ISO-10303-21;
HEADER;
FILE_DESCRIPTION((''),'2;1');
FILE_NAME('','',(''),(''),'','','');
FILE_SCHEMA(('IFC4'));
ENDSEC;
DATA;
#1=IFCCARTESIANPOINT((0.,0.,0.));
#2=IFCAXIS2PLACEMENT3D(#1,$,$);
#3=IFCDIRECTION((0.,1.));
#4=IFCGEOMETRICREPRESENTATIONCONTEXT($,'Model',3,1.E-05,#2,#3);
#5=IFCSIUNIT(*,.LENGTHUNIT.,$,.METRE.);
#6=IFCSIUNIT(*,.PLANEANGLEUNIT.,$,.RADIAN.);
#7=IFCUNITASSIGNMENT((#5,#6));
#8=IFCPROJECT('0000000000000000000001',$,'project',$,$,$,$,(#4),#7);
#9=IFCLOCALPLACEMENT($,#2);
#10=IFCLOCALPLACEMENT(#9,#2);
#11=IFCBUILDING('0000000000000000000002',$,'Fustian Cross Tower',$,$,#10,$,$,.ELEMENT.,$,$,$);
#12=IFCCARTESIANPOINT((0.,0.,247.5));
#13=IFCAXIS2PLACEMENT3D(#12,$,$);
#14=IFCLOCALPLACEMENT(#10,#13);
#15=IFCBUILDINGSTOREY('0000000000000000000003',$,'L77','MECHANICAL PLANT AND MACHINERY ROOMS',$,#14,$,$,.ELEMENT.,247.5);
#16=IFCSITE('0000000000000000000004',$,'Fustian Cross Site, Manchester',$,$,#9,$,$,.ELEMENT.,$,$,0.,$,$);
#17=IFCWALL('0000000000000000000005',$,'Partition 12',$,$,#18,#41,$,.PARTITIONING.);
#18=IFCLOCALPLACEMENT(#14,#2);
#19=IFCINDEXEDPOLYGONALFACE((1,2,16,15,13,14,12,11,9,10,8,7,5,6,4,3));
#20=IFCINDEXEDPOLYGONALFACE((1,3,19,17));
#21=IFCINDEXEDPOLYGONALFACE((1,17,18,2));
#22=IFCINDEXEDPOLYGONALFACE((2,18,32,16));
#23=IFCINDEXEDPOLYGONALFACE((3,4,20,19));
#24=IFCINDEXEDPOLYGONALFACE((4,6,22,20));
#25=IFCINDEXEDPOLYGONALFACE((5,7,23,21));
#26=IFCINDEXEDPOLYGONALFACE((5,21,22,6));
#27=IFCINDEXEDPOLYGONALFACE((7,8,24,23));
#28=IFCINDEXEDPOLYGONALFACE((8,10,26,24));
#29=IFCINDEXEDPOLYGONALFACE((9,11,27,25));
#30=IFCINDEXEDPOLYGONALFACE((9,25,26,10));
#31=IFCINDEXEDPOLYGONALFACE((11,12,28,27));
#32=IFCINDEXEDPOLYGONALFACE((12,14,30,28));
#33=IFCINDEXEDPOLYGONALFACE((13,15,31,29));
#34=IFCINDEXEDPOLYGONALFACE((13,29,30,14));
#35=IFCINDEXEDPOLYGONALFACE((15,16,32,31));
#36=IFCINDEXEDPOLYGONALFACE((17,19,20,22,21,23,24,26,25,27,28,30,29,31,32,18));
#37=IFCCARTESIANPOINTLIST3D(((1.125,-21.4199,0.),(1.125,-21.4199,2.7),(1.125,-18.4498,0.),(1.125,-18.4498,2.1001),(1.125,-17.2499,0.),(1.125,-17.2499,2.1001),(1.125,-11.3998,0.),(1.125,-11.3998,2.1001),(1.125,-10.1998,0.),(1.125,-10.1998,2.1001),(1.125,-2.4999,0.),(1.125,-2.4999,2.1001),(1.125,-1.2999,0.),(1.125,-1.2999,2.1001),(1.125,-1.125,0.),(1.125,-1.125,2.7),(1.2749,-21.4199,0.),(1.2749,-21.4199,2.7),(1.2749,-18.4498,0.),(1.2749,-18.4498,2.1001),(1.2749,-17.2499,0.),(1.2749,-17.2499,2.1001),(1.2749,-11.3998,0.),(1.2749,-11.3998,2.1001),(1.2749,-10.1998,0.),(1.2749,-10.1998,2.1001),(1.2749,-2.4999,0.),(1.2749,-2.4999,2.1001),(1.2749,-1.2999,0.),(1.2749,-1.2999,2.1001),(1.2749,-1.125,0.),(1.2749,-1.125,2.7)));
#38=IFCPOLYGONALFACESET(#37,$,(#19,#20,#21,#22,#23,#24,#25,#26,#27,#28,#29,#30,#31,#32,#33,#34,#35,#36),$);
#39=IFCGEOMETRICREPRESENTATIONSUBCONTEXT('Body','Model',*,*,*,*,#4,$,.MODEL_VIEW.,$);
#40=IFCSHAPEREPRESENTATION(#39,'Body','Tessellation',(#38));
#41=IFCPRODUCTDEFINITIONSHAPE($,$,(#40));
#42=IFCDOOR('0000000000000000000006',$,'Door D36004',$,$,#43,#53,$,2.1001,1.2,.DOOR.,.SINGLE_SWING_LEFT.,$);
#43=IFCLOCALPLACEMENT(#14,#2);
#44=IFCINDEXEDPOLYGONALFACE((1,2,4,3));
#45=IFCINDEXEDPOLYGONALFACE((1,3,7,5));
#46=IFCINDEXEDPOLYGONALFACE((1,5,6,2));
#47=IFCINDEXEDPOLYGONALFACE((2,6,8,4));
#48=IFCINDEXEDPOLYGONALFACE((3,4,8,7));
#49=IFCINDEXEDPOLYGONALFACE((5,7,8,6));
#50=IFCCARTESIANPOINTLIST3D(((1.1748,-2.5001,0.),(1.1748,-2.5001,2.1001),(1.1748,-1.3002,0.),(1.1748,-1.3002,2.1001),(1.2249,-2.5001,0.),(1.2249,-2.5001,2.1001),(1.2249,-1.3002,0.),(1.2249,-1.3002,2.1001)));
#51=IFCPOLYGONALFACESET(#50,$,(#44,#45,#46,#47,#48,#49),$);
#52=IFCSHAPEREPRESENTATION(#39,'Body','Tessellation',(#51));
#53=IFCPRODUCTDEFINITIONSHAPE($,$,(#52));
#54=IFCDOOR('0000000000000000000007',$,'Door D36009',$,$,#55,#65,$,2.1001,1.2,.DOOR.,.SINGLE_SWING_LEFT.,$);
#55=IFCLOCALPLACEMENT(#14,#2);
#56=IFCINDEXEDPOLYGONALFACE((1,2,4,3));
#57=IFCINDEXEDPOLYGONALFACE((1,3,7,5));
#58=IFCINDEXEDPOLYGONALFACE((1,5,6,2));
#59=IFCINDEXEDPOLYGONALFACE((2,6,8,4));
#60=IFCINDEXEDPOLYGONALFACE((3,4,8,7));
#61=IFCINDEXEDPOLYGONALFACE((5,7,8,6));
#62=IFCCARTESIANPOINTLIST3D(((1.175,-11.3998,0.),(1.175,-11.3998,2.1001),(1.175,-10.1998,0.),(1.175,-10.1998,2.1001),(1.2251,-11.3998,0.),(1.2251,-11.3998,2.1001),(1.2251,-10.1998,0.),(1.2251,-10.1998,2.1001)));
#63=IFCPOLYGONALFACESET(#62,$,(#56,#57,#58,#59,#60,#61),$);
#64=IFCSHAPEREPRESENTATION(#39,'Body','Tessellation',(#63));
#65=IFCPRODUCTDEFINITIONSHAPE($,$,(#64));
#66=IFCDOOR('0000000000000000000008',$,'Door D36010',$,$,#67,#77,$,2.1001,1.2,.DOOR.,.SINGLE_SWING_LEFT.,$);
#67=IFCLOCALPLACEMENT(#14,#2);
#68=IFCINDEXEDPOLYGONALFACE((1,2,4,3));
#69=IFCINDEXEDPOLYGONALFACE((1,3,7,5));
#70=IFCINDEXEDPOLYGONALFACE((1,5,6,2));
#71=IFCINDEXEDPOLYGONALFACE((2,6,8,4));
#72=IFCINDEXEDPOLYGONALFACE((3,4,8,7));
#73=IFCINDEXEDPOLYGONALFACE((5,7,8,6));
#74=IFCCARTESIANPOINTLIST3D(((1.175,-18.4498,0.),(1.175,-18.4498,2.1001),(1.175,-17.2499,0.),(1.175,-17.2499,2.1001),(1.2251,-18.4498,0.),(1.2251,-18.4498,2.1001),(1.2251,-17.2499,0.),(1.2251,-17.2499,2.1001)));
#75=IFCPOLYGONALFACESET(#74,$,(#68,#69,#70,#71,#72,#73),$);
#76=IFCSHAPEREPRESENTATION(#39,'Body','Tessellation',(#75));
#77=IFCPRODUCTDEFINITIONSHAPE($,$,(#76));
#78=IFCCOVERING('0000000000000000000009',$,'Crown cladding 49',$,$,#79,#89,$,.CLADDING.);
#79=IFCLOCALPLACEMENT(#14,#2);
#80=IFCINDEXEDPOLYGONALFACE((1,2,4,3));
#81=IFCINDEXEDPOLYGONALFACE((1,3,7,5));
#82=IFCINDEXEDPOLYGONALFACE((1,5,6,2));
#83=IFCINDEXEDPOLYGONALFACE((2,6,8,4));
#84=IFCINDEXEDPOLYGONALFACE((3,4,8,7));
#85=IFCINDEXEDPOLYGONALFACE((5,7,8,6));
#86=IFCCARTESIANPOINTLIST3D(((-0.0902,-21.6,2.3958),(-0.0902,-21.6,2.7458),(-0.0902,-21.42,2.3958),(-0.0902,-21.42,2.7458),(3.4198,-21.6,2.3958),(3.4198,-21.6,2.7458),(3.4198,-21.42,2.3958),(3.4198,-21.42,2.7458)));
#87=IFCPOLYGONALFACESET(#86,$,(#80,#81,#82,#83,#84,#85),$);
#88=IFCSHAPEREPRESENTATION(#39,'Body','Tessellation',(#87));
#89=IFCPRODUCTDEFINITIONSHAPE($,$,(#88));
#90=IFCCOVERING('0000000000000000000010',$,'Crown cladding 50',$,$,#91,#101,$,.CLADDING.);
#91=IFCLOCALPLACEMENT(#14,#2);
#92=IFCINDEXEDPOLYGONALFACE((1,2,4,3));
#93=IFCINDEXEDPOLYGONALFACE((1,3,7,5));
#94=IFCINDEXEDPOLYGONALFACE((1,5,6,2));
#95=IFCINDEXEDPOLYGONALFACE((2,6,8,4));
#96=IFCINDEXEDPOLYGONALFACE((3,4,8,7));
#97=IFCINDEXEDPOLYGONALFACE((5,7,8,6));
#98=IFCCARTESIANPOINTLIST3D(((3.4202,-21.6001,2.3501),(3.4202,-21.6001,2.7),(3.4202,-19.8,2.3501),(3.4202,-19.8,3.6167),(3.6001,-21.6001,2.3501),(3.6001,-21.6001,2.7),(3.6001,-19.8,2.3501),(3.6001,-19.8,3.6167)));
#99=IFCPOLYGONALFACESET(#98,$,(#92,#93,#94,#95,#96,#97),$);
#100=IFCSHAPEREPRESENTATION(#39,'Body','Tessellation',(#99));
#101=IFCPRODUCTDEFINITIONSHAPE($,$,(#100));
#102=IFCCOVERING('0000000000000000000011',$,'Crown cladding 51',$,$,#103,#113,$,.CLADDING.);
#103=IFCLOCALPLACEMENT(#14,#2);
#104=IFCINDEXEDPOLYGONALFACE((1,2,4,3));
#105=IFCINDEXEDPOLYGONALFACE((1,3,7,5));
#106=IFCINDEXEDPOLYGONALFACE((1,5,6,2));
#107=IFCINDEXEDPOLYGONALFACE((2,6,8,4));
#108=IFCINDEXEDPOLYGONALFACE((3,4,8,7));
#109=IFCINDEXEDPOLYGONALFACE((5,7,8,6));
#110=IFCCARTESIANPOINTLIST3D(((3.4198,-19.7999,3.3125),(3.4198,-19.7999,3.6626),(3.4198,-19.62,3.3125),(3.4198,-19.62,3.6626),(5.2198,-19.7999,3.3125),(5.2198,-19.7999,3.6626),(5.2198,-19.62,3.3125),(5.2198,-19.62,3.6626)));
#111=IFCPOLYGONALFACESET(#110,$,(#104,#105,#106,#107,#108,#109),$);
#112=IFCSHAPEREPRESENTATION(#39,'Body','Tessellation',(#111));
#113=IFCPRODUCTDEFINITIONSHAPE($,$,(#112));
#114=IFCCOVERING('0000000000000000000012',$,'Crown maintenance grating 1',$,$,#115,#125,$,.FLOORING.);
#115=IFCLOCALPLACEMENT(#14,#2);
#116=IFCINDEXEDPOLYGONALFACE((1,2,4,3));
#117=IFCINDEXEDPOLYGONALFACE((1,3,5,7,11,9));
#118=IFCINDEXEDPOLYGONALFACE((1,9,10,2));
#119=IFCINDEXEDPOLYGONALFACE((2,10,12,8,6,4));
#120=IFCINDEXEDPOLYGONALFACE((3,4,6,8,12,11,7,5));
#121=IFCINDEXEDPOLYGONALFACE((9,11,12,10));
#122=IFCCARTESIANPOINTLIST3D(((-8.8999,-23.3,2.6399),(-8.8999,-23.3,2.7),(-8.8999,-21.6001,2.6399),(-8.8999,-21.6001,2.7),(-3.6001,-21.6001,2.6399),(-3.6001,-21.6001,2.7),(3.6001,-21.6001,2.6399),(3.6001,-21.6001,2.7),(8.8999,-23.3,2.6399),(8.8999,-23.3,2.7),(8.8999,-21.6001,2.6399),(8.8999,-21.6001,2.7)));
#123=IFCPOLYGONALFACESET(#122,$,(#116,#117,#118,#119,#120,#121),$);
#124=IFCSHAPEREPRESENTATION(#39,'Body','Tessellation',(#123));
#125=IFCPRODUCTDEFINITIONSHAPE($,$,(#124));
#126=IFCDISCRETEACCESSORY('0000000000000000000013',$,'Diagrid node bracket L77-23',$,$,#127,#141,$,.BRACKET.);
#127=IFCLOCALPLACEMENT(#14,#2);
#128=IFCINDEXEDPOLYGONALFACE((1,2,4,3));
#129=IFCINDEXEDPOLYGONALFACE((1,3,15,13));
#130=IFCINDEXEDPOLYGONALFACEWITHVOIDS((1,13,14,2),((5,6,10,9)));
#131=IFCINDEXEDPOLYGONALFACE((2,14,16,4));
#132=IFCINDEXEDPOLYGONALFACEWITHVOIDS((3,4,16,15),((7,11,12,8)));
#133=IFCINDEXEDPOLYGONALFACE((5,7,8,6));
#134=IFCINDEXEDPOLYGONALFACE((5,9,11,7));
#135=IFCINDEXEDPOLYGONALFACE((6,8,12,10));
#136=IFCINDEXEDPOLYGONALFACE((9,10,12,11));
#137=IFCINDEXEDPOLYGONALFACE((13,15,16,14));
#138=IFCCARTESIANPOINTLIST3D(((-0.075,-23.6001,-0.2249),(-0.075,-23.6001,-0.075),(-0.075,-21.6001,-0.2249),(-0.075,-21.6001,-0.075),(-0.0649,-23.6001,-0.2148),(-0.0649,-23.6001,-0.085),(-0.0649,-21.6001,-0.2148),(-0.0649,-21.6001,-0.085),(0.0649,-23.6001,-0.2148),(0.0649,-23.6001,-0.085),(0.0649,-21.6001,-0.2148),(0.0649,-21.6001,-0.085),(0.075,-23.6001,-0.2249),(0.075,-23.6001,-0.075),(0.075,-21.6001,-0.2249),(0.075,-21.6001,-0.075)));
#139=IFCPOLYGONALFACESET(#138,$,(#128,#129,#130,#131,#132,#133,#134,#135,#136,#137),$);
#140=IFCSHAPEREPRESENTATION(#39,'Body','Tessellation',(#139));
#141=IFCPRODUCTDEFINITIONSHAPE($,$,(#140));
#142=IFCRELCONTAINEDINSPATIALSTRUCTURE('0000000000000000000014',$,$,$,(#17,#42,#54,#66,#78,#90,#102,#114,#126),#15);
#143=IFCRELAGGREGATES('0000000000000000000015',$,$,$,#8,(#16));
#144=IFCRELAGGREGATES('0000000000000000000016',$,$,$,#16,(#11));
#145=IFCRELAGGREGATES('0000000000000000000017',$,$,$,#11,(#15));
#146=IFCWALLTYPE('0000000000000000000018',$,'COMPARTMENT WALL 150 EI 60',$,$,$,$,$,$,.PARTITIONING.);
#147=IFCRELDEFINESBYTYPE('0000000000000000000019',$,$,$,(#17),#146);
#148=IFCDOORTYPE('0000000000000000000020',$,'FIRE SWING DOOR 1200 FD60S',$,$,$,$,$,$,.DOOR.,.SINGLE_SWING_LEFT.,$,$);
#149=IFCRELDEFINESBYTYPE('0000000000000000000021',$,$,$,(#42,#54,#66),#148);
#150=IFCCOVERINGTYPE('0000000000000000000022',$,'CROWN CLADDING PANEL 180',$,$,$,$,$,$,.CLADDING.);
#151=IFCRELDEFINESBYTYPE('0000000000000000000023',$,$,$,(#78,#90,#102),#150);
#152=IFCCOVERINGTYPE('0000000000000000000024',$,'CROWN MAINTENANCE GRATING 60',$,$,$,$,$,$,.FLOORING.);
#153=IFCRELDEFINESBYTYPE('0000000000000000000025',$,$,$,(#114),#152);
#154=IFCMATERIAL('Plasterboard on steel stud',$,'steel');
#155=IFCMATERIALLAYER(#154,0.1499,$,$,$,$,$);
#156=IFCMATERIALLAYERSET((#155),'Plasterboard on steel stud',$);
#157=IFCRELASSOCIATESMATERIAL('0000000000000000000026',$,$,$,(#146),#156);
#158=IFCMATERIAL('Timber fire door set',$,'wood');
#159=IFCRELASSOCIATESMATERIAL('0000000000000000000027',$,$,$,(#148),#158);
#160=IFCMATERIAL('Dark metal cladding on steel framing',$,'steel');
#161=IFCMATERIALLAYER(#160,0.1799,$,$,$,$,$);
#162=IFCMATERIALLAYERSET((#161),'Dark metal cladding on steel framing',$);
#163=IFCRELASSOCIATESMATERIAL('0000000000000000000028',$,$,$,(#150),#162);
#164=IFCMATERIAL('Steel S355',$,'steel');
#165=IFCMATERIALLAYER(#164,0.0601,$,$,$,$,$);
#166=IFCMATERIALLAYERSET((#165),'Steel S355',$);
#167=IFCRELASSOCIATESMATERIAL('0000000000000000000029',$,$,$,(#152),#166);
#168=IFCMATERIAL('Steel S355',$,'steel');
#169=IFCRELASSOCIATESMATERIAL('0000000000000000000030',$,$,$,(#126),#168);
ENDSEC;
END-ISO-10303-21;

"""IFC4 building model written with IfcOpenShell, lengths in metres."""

from ifc_helpers import new_model, si_unit, direction, frame, frame_2d, origin, origin_2d, place, context, subcontext, project, spatial, polyline, rectangle, hollow_rectangle, outline, extrude, material, layer, layer_set, type_object, element, fill, save


model = new_model("IFC4")

# Units and contexts
model_context = context("Model", 3, precision=1e-05, world=origin(), true_north=direction((0.0, 1.0)))
body_context = subcontext(model_context, "Body", "Model", "MODEL_VIEW")
ifc_project = project(units=[si_unit("LENGTHUNIT", "METRE"), si_unit("PLANEANGLEUNIT", "RADIAN")], contexts=[model_context])

# Site, building, storey
site_placement = place(None, origin())
site = spatial("IfcSite", under=ifc_project, at=site_placement, Name="Fustian Cross Site, Manchester", CompositionType="ELEMENT", RefElevation=0.0)
building_placement = place(site_placement, origin())
building = spatial("IfcBuilding", under=site, at=building_placement, Name="Fustian Cross Tower", CompositionType="ELEMENT")
storey_placement = place(building_placement, frame((0.0, 0.0, 247.5)))
storey = spatial("IfcBuildingStorey", under=building, at=storey_placement, Name="L77", Description="MECHANICAL PLANT AND MACHINERY ROOMS", CompositionType="ELEMENT", Elevation=247.5)

# Wall, openings, doors
ifc_material_1 = material(Name="Plasterboard on steel stud", Category="steel")
ifc_layer_1 = layer(ifc_material_1, 0.1499)
ifc_layer_set_1 = layer_set([ifc_layer_1], Name="Plasterboard on steel stud")
wall_type = type_object("IfcWallType", Name="COMPARTMENT WALL 150 EI 60", PredefinedType="PARTITIONING", material=ifc_layer_set_1)
wall_placement = place(storey_placement, frame((1.2, -21.4199, 0.0), z_axis=(0.0, 0.0, 1.0), x_axis=(0.0, 1.0, 0.0)))
wall = element("IfcWall", 1, at=wall_placement, inside=storey, type_object=wall_type, Name="Partition 12", PredefinedType="PARTITIONING", context=body_context, shape_type="SweptSolid", body=[
    extrude(rectangle(XDim=20.2949, YDim=0.1499, at=frame_2d((10.1475, 0.0))), origin(), (0.0, 0.0, 1.0), 2.7),
])
opening_1_placement = place(wall_placement, frame((18.9199, 0.0, 0.0)))
opening_1 = element("IfcOpeningElement", 2, at=opening_1_placement, cuts=wall, PredefinedType="OPENING", context=body_context, shape_type="SweptSolid", body=[
    extrude(rectangle(XDim=1.2, YDim=2.1001, at=frame_2d((0.6001, 1.05))), frame((0.0, 0.085, 0.0), z_axis=(0.0, -1.0, 0.0), x_axis=(1.0, 0.0, 0.0)), (0.0, 0.0, 1.0), 0.1699),
])
opening_2_placement = place(wall_placement, frame((10.02, 0.0, 0.0)))
opening_2 = element("IfcOpeningElement", 3, at=opening_2_placement, cuts=wall, PredefinedType="OPENING", context=body_context, shape_type="SweptSolid", body=[
    extrude(rectangle(XDim=1.2, YDim=2.1001, at=frame_2d((0.6001, 1.05))), frame((0.0, 0.085, 0.0), z_axis=(0.0, -1.0, 0.0), x_axis=(1.0, 0.0, 0.0)), (0.0, 0.0, 1.0), 0.1699),
])
opening_3_placement = place(wall_placement, frame((2.97, 0.0, 0.0)))
opening_3 = element("IfcOpeningElement", 4, at=opening_3_placement, cuts=wall, PredefinedType="OPENING", context=body_context, shape_type="SweptSolid", body=[
    extrude(rectangle(XDim=1.2, YDim=2.1001, at=frame_2d((0.6001, 1.05))), frame((0.0, 0.085, 0.0), z_axis=(0.0, -1.0, 0.0), x_axis=(1.0, 0.0, 0.0)), (0.0, 0.0, 1.0), 0.1699),
])
ifc_material_2 = material(Name="Timber fire door set", Category="wood")
door_type = type_object("IfcDoorType", Name="FIRE SWING DOOR 1200 FD60S", OperationType="SINGLE_SWING_LEFT", PredefinedType="DOOR", material=ifc_material_2)
door_1_placement = place(opening_1_placement, frame((1.2, 0.0, 0.0), z_axis=(0.0, 0.0, 1.0), x_axis=(-1.0, 0.0, 0.0)))
door_1 = element("IfcDoor", 5, at=door_1_placement, inside=storey, type_object=door_type, Name="Door D36004", OperationType="SINGLE_SWING_LEFT", OverallHeight=2.1001, OverallWidth=1.2, PredefinedType="DOOR", context=body_context, shape_type="SweptSolid", body=[
    extrude(rectangle(XDim=1.2, YDim=2.1001, at=frame_2d((0.6001, 1.05))), frame((0.0, 0.0249, 0.0), z_axis=(0.0, -1.0, 0.0), x_axis=(1.0, 0.0, 0.0)), (0.0, 0.0, 1.0), 0.05),
])
fill(opening_1, door_1)
door_2_placement = place(opening_2_placement, origin())
door_2 = element("IfcDoor", 6, at=door_2_placement, inside=storey, type_object=door_type, Name="Door D36009", OperationType="SINGLE_SWING_LEFT", OverallHeight=2.1001, OverallWidth=1.2, PredefinedType="DOOR", context=body_context, shape_type="SweptSolid", body=[
    extrude(rectangle(XDim=1.2, YDim=2.1001, at=frame_2d((0.6001, 1.05))), frame((0.0, 0.0249, 0.0), z_axis=(0.0, -1.0, 0.0), x_axis=(1.0, 0.0, 0.0)), (0.0, 0.0, 1.0), 0.05),
])
fill(opening_2, door_2)
door_3_placement = place(opening_3_placement, origin())
door_3 = element("IfcDoor", 7, at=door_3_placement, inside=storey, type_object=door_type, Name="Door D36010", OperationType="SINGLE_SWING_LEFT", OverallHeight=2.1001, OverallWidth=1.2, PredefinedType="DOOR", context=body_context, shape_type="SweptSolid", body=[
    extrude(rectangle(XDim=1.2, YDim=2.1001, at=frame_2d((0.6001, 1.05))), frame((0.0, 0.0249, 0.0), z_axis=(0.0, -1.0, 0.0), x_axis=(1.0, 0.0, 0.0)), (0.0, 0.0, 1.0), 0.05),
])
fill(opening_3, door_3)

# Coverings
ifc_material_3 = material(Name="Dark metal cladding on steel framing", Category="steel")
ifc_layer_2 = layer(ifc_material_3, 0.1799)
ifc_layer_set_2 = layer_set([ifc_layer_2], Name="Dark metal cladding on steel framing")
covering_type_1 = type_object("IfcCoveringType", Name="CROWN CLADDING PANEL 180", PredefinedType="CLADDING", material=ifc_layer_set_2)
covering_1_placement = place(storey_placement, frame((-0.0901, -21.51, 2.3958), z_axis=(0.0, 0.0, 1.0), x_axis=(1.0, 0.0, 0.0)))
element("IfcCovering", 8, at=covering_1_placement, inside=storey, type_object=covering_type_1, Name="Crown cladding 49", PredefinedType="CLADDING", context=body_context, shape_type="SweptSolid", body=[
    extrude(rectangle(XDim=3.51, YDim=0.1799, at=frame_2d((1.7549, 0.0))), origin(), (0.0, 0.0, 1.0), 0.3501),
])
covering_2_placement = place(storey_placement, frame((3.51, -21.6001, 2.3501), z_axis=(0.0, 0.0, 1.0), x_axis=(0.0, 1.0, 0.0)))
element("IfcCovering", 9, at=covering_2_placement, inside=storey, type_object=covering_type_1, Name="Crown cladding 50", PredefinedType="CLADDING", context=body_context, shape_type="SweptSolid", body=[
    extrude(outline(polyline([(0.0, 0.0), (1.8, 0.0), (1.8, 1.2666), (0.0, 0.3499), (0.0, 0.0)])), frame((0.0, 0.0898, 0.0), z_axis=(0.0, -1.0, 0.0), x_axis=(1.0, 0.0, 0.0)), (0.0, 0.0, 1.0), 0.1799),
])
covering_3_placement = place(storey_placement, frame((3.4199, -19.71, 3.3125), z_axis=(0.0, 0.0, 1.0), x_axis=(1.0, 0.0, 0.0)))
element("IfcCovering", 10, at=covering_3_placement, inside=storey, type_object=covering_type_1, Name="Crown cladding 51", PredefinedType="CLADDING", context=body_context, shape_type="SweptSolid", body=[
    extrude(rectangle(XDim=1.8, YDim=0.1799, at=frame_2d((0.8999, 0.0))), origin(), (0.0, 0.0, 1.0), 0.3501),
])
ifc_material_4 = material(Name="Steel S355", Category="steel")
ifc_layer_3 = layer(ifc_material_4, 0.0601)
ifc_layer_set_3 = layer_set([ifc_layer_3], Name="Steel S355")
covering_type_2 = type_object("IfcCoveringType", Name="CROWN MAINTENANCE GRATING 60", PredefinedType="FLOORING", material=ifc_layer_set_3)
covering_4_placement = place(storey_placement, frame((3.6001, -21.6001, 2.7), z_axis=(0.0, 0.0, 1.0), x_axis=(-1.0, 0.0, 0.0)))
element("IfcCovering", 11, at=covering_4_placement, inside=storey, type_object=covering_type_2, Name="Crown maintenance grating 1", PredefinedType="FLOORING", context=body_context, shape_type="SweptSolid", body=[
    extrude(outline(polyline([(0.0, 0.0), (7.2002, 0.0), (12.5, 0.0), (12.5, 1.7), (-5.2998, 1.7), (-5.2998, 0.0), (0.0, 0.0)])), origin(), (0.0, 0.0, -1.0), 0.0601),
])

# Discrete accessory
ifc_material_5 = material(Name="Steel S355", Category="steel")
discrete_accessory_placement = place(storey_placement, frame((0.0, -23.6001, -0.1499), z_axis=(0.0, 1.0, 0.0), x_axis=(-1.0, 0.0, 0.0)))
element("IfcDiscreteAccessory", 12, at=discrete_accessory_placement, inside=storey, material=ifc_material_5, Name="Diagrid node bracket L77-23", PredefinedType="BRACKET", context=body_context, shape_type="SweptSolid", body=[
    extrude(hollow_rectangle(XDim=0.1499, YDim=0.1499, WallThickness=0.01, at=origin_2d()), origin(), (0.0, 0.0, 1.0), 2.0),
])

save(model, "model.ifc")
